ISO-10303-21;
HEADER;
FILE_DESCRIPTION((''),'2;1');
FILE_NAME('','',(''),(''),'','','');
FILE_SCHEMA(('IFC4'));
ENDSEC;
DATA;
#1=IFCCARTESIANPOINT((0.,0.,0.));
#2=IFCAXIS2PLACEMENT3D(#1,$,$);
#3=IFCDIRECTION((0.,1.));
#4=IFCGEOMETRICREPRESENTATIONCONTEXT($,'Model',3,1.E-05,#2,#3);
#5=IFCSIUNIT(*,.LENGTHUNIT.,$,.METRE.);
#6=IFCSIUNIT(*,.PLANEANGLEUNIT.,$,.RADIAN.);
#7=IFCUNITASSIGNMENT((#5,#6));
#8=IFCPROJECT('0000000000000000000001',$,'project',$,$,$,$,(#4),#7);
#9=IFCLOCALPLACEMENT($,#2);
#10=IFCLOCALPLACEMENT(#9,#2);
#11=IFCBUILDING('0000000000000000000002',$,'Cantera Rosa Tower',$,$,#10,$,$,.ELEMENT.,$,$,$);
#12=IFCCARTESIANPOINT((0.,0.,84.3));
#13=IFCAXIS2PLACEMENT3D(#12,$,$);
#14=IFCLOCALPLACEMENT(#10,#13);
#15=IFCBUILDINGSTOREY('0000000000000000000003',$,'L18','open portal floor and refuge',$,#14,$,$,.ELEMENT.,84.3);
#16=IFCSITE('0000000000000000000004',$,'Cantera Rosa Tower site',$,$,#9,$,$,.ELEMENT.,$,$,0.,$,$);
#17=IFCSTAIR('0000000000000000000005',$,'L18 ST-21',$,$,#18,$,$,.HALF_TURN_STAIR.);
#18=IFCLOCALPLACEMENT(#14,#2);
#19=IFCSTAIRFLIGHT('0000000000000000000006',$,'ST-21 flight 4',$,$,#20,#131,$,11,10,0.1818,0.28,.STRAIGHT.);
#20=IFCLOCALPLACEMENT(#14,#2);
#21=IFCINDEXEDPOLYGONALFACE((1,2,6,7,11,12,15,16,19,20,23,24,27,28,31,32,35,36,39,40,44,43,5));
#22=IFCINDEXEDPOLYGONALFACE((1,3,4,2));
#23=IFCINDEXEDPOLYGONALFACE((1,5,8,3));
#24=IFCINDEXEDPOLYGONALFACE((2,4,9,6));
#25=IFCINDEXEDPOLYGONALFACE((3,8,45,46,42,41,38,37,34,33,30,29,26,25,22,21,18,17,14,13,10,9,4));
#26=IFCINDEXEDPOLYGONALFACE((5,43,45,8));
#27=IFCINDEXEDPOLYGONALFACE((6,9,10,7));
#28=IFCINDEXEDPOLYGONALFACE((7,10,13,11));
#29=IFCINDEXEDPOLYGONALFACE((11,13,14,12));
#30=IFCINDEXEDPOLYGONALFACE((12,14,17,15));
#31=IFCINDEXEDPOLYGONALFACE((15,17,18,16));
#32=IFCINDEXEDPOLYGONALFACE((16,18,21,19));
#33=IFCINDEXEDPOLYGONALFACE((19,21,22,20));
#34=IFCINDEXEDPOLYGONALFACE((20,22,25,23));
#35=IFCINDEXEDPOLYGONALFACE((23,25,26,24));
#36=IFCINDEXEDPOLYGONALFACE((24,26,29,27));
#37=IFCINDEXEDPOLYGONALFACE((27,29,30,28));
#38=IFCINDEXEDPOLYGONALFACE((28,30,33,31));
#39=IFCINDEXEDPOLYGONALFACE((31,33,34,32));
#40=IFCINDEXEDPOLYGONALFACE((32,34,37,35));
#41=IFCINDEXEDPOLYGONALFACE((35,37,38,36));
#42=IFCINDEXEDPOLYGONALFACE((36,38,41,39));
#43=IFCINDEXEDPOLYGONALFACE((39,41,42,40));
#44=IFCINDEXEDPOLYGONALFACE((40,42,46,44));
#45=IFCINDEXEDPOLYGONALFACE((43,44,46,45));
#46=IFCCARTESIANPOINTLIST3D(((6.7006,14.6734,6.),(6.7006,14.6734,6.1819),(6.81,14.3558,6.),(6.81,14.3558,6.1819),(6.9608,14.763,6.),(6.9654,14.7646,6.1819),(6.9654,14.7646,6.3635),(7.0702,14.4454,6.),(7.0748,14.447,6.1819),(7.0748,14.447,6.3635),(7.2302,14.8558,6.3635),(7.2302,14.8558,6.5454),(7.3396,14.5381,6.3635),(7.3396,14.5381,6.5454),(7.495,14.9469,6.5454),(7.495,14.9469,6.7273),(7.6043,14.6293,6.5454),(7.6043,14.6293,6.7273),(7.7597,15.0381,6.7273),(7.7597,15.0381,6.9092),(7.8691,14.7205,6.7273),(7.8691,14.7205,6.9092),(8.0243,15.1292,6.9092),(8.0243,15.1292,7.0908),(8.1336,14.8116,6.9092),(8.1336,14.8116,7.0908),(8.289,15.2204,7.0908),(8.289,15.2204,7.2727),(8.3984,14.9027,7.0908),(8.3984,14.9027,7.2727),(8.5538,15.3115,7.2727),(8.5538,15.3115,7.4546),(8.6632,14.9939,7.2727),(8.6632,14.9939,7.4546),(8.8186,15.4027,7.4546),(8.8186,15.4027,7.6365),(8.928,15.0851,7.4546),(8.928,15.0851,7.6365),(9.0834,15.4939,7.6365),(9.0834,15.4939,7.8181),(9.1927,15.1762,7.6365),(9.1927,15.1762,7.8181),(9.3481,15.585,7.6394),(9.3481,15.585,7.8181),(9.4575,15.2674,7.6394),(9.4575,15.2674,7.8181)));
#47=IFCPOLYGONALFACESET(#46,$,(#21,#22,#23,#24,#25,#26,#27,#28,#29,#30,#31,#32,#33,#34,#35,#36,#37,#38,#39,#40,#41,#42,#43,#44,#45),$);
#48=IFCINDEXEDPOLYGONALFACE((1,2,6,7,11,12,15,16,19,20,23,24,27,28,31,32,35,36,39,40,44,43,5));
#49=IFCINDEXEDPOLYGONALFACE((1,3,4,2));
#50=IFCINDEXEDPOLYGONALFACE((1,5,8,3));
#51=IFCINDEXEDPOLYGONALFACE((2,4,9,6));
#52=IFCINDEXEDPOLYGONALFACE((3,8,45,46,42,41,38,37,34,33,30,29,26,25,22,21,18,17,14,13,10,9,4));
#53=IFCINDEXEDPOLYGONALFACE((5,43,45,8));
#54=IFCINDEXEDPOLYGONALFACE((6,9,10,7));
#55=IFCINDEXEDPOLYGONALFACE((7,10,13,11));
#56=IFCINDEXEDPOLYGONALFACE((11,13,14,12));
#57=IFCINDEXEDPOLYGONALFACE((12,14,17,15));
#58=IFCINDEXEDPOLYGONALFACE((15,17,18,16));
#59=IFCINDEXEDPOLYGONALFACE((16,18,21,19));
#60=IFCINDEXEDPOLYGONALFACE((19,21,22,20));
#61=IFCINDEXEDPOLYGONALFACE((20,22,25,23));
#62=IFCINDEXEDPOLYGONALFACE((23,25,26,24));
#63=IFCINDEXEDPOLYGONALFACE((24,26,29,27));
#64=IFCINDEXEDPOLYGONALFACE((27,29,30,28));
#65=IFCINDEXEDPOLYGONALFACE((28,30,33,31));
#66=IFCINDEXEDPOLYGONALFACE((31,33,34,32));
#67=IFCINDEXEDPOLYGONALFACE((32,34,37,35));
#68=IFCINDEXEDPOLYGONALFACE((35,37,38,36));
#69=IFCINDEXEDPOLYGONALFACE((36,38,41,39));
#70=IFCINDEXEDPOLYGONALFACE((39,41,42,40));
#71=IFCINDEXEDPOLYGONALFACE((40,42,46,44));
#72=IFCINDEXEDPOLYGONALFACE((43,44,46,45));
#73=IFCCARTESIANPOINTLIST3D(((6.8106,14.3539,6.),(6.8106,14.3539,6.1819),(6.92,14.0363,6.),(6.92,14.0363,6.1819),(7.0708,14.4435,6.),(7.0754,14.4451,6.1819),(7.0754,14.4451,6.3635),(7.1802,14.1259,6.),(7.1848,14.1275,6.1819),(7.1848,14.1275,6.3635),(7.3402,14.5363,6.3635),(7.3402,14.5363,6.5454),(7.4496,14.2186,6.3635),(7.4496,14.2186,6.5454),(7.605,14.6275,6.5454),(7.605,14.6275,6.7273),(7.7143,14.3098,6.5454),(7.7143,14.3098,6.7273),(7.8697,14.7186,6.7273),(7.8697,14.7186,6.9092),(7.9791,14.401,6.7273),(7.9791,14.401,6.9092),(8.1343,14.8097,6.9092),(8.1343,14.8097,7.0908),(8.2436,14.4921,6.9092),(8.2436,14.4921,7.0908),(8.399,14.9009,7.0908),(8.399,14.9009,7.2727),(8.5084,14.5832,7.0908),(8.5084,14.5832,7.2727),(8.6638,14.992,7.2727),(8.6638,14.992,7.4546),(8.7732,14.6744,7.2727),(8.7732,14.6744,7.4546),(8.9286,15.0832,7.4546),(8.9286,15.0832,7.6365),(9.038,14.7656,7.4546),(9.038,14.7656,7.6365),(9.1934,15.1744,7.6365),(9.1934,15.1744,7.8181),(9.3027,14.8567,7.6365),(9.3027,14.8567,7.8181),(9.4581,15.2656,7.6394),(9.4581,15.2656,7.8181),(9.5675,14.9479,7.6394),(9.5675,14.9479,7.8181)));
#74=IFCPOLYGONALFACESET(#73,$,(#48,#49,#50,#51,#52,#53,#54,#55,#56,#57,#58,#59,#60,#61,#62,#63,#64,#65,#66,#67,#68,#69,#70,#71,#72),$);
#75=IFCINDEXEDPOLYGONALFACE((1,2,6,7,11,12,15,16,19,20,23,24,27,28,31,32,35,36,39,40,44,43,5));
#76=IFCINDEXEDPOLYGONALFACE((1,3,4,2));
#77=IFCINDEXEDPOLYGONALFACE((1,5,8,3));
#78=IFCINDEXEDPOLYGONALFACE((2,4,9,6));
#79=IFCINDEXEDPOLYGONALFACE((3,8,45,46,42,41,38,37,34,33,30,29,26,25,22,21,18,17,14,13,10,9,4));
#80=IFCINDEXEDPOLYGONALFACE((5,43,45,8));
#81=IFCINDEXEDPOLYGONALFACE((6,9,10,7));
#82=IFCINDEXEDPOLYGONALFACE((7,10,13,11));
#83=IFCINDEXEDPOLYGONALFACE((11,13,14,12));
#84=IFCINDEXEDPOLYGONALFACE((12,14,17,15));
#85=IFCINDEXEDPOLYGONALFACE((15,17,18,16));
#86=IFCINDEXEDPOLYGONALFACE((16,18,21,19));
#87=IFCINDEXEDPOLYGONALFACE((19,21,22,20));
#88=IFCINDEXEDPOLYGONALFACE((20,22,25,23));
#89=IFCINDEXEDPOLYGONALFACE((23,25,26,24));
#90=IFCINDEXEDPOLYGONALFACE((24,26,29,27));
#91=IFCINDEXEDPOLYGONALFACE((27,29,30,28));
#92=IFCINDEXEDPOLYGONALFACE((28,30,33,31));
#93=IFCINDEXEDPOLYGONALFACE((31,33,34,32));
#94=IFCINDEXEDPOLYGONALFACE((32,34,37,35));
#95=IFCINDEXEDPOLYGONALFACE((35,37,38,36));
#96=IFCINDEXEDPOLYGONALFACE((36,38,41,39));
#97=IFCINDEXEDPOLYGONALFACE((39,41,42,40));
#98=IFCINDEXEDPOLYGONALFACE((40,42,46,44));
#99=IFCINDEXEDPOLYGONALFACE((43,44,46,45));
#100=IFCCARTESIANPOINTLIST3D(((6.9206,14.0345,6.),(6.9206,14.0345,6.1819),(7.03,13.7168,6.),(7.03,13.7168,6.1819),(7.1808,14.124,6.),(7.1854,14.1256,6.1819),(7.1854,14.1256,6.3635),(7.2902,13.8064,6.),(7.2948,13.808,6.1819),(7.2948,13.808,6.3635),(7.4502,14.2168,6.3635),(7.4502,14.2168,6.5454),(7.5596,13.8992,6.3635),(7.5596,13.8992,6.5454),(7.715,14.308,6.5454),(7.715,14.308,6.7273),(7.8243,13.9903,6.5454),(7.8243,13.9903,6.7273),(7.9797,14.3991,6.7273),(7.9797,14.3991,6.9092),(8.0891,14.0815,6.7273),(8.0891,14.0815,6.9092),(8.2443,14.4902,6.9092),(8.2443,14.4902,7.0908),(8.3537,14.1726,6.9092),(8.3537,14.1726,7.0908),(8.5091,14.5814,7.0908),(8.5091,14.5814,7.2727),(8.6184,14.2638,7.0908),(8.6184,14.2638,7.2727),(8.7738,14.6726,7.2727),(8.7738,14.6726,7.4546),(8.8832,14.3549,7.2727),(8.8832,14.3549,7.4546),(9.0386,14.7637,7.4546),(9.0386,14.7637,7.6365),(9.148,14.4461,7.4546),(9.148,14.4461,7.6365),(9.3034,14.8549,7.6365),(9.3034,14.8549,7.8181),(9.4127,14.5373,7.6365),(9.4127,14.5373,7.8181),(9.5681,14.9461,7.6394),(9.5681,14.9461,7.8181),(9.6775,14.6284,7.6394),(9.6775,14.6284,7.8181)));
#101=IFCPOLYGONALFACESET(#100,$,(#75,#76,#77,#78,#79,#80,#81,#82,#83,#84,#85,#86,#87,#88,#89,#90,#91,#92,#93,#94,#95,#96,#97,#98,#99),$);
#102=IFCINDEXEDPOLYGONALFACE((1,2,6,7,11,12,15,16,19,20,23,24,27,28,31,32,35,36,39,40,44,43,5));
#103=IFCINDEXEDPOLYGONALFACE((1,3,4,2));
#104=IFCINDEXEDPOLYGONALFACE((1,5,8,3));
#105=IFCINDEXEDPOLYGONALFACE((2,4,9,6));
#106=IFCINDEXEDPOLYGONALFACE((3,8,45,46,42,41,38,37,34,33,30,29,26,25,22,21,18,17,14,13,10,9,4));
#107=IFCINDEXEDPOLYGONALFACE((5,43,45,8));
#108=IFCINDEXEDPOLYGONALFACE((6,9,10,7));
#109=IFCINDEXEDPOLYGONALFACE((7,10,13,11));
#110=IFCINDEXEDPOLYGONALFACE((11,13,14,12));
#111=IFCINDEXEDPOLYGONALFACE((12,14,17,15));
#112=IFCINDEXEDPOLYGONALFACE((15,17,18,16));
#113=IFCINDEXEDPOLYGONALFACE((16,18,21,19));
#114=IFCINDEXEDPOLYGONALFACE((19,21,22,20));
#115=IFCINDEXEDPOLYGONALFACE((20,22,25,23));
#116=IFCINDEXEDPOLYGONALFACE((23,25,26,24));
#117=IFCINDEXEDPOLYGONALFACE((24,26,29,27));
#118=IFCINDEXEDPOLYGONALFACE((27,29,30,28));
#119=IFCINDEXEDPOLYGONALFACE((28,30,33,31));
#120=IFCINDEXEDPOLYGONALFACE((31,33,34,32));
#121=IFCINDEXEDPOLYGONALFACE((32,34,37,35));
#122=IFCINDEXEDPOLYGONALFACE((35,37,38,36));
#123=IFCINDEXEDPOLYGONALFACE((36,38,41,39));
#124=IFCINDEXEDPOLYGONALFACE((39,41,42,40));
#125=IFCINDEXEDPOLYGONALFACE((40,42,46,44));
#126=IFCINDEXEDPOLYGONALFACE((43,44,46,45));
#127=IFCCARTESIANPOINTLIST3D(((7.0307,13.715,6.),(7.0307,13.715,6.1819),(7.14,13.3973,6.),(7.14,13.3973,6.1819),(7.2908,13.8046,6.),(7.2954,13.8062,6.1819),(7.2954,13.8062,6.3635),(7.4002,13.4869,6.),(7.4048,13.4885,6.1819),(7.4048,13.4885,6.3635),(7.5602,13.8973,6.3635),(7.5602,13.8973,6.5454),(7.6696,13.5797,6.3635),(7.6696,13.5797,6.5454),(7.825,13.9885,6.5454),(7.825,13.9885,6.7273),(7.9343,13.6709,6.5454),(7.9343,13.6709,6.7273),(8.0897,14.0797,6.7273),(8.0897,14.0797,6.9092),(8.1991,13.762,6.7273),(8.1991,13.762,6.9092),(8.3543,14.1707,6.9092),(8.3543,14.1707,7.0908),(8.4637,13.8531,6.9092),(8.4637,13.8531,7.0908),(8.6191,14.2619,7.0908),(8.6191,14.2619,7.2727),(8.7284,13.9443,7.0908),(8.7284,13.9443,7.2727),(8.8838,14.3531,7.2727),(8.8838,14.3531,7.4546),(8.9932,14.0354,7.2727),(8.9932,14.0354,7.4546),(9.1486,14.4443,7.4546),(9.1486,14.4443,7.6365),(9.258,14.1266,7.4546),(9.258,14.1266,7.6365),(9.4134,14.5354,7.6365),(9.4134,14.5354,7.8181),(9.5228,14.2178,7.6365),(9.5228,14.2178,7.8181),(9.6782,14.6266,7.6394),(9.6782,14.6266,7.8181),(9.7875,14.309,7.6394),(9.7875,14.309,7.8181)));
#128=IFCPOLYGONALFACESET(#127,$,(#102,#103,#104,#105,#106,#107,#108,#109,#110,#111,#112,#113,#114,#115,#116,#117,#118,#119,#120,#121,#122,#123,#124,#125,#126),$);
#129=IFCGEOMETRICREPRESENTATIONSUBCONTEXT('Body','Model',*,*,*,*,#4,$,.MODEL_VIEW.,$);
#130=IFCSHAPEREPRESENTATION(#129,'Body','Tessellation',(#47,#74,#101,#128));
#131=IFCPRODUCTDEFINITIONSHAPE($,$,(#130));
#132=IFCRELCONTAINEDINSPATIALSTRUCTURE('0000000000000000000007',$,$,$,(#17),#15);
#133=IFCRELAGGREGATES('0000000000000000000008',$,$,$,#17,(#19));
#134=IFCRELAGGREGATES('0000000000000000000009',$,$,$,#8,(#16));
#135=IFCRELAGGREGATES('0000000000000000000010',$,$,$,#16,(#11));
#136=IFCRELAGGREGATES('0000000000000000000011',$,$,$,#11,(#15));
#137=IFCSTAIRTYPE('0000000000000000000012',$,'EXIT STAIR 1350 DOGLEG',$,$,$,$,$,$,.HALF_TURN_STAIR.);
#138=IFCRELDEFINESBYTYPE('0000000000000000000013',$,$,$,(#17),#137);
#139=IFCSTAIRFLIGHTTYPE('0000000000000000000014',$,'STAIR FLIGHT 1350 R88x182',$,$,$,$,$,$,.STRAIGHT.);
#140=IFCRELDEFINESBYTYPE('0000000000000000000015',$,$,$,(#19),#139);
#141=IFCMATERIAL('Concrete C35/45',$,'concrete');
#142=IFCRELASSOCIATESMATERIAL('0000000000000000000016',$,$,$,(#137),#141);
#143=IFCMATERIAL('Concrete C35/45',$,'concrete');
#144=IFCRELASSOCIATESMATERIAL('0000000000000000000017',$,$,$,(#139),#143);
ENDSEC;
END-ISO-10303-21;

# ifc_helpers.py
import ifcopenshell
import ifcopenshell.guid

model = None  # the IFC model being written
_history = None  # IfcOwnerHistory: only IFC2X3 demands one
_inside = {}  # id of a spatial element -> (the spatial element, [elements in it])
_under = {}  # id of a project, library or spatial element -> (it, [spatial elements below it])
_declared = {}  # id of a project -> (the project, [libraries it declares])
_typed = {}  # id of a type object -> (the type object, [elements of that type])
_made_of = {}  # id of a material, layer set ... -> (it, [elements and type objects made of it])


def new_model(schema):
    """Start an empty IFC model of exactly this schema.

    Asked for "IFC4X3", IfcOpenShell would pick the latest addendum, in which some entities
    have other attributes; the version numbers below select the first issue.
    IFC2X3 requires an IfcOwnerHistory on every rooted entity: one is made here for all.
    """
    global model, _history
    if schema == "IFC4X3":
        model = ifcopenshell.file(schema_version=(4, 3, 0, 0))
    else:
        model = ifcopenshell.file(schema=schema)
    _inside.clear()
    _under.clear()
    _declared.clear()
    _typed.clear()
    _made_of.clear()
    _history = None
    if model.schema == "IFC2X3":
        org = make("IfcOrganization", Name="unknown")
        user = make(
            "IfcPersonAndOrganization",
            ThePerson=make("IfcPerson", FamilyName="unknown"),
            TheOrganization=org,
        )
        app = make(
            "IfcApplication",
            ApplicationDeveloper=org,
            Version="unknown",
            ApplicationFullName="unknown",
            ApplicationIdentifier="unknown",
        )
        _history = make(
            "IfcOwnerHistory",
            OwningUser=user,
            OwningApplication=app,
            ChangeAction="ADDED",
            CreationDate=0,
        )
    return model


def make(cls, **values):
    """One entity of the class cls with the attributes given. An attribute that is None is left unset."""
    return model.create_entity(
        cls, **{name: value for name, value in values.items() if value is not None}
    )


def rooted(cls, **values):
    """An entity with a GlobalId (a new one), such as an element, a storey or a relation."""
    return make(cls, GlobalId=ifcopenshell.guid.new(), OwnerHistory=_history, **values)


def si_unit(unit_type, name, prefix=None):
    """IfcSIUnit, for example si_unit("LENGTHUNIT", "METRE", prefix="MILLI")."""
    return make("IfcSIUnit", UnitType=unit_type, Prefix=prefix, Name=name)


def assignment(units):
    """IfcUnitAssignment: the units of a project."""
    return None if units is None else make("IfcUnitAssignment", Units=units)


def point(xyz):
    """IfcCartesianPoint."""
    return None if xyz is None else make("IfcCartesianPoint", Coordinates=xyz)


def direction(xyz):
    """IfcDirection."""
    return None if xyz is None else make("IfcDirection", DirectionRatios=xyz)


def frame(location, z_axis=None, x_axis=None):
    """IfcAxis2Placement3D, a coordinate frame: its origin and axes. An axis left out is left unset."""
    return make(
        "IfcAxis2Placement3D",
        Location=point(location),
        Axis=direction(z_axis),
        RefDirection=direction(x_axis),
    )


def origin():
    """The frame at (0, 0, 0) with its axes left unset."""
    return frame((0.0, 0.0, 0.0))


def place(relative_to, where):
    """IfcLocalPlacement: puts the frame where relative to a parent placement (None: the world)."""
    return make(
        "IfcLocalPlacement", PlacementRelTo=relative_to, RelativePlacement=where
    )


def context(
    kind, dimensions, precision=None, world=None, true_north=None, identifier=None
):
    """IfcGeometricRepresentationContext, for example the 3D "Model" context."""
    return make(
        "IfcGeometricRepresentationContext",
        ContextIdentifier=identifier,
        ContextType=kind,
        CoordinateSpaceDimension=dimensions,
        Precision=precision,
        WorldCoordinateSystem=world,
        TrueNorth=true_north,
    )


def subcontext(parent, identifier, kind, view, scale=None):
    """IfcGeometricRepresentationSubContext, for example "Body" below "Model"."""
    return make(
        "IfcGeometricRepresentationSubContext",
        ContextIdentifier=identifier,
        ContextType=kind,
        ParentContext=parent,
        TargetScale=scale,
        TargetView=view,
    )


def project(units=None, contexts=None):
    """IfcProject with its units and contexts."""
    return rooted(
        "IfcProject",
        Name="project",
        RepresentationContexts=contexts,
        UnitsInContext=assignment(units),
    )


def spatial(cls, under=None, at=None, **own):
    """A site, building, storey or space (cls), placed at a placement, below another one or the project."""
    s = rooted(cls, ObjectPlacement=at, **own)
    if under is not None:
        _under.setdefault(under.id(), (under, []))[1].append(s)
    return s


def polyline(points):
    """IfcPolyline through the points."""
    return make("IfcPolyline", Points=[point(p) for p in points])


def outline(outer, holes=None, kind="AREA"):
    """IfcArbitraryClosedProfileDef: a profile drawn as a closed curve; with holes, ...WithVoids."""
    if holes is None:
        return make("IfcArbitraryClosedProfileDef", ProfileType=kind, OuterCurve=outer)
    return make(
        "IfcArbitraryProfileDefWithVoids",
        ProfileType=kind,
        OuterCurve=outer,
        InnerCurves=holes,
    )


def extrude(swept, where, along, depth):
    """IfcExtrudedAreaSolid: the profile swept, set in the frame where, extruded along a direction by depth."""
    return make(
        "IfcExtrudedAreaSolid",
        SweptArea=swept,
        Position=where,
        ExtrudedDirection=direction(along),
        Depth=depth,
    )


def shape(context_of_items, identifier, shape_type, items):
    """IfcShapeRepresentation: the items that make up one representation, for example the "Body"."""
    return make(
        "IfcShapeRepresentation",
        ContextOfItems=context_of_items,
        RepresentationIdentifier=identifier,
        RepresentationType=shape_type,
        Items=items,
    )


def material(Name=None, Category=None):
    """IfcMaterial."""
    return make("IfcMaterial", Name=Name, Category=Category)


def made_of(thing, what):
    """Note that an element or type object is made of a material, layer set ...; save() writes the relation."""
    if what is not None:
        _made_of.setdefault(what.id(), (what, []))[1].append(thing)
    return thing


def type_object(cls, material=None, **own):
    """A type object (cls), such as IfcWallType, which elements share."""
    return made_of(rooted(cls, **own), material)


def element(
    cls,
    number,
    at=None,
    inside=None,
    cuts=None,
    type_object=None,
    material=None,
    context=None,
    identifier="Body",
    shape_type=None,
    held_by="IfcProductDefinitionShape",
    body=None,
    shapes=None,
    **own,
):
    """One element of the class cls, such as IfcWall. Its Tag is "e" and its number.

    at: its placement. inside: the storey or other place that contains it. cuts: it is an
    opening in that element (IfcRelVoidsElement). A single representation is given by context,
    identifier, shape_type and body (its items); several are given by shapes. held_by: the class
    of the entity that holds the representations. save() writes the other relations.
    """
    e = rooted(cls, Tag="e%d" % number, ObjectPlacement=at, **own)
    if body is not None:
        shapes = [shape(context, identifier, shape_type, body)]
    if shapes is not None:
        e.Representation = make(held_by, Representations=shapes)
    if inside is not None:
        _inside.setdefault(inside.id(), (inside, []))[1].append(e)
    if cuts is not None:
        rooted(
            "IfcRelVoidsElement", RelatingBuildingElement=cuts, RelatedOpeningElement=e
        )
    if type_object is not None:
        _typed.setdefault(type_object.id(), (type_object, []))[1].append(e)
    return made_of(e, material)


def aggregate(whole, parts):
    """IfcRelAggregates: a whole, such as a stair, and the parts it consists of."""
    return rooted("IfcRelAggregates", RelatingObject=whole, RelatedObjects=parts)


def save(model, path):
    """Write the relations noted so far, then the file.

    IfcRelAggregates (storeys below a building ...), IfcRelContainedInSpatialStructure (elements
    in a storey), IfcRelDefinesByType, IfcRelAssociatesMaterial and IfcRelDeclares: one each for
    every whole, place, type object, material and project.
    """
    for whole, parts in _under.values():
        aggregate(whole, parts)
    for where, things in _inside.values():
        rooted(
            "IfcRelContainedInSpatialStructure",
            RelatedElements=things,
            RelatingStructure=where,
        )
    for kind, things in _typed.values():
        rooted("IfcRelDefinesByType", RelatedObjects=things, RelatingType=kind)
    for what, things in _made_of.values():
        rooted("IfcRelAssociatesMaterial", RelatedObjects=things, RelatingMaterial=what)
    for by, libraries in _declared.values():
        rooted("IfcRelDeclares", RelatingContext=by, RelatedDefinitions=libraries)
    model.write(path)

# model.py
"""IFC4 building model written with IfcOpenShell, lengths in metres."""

from ifc_helpers import new_model, si_unit, direction, frame, origin, place, context, subcontext, project, spatial, polyline, outline, extrude, material, type_object, element, aggregate, save


model = new_model("IFC4")

# Units and contexts
model_context = context("Model", 3, precision=1e-05, world=origin(), true_north=direction((0.0, 1.0)))
body_context = subcontext(model_context, "Body", "Model", "MODEL_VIEW")
ifc_project = project(units=[si_unit("LENGTHUNIT", "METRE"), si_unit("PLANEANGLEUNIT", "RADIAN")], contexts=[model_context])

# Site, building, storey
site_placement = place(None, origin())
site = spatial("IfcSite", under=ifc_project, at=site_placement, Name="Cantera Rosa Tower site", CompositionType="ELEMENT", RefElevation=0.0)
building_placement = place(site_placement, origin())
building = spatial("IfcBuilding", under=site, at=building_placement, Name="Cantera Rosa Tower", CompositionType="ELEMENT")
storey_placement = place(building_placement, frame((0.0, 0.0, 84.3)))
storey = spatial("IfcBuildingStorey", under=building, at=storey_placement, Name="L18", Description="open portal floor and refuge", CompositionType="ELEMENT", Elevation=84.3)

# Stair, stair flight
ifc_material_1 = material(Name="Concrete C35/45", Category="concrete")
stair_type = type_object("IfcStairType", Name="EXIT STAIR 1350 DOGLEG", PredefinedType="HALF_TURN_STAIR", material=ifc_material_1)
stair_placement = place(storey_placement, origin())
stair = element("IfcStair", 1, at=stair_placement, inside=storey, type_object=stair_type, Name="L18 ST-21", PredefinedType="HALF_TURN_STAIR")
ifc_material_2 = material(Name="Concrete C35/45", Category="concrete")
stair_flight_type = type_object("IfcStairFlightType", Name="STAIR FLIGHT 1350 R88x182", PredefinedType="STRAIGHT", material=ifc_material_2)
stair_flight_1_placement = place(storey_placement, frame((6.9204, 14.0352, 6.0), z_axis=(0.0, 0.0, 1.0), x_axis=(0.945519, 0.325568, 0.0)))
stair_flight_1 = element("IfcStairFlight", 2, at=stair_flight_1_placement, type_object=stair_flight_type, Name="ST-21 flight 4", NumberOfRisers=11, NumberOfTreads=10, PredefinedType="STRAIGHT", RiserHeight=0.1818, TreadLength=0.28, context=body_context, shape_type="SweptSolid", body=[
    extrude(outline(polyline([(0.0, 0.0), (0.0, 0.1819), (0.28, 0.1819), (0.28, 0.3635), (0.5601, 0.3635), (0.5601, 0.5454), (0.8401, 0.5454), (0.8401, 0.7273), (1.1201, 0.7273), (1.1201, 0.9092), (1.3999, 0.9092), (1.3999, 1.0908), (1.6799, 1.0908), (1.6799, 1.2727), (1.96, 1.2727), (1.96, 1.4546), (2.24, 1.4546), (2.24, 1.6365), (2.52, 1.6365), (2.52, 1.8181), (2.8, 1.8181), (2.8, 2.0), (2.8, 1.6394), (0.2751, 0.0), (0.0, 0.0)])), frame((0.0, 0.675, 0.0), z_axis=(0.0, -1.0, 0.0), x_axis=(1.0, 0.0, 0.0)), (0.0, 0.0, 1.0), 0.3359),
    extrude(outline(polyline([(0.0, 0.0), (0.0, 0.1819), (0.28, 0.1819), (0.28, 0.3635), (0.5601, 0.3635), (0.5601, 0.5454), (0.8401, 0.5454), (0.8401, 0.7273), (1.1201, 0.7273), (1.1201, 0.9092), (1.3999, 0.9092), (1.3999, 1.0908), (1.6799, 1.0908), (1.6799, 1.2727), (1.96, 1.2727), (1.96, 1.4546), (2.24, 1.4546), (2.24, 1.6365), (2.52, 1.6365), (2.52, 1.8181), (2.8, 1.8181), (2.8, 2.0), (2.8, 1.6394), (0.2751, 0.0), (0.0, 0.0)])), frame((0.0, 0.3372, 0.0), z_axis=(0.0, -1.0, 0.0), x_axis=(1.0, 0.0, 0.0)), (0.0, 0.0, 1.0), 0.3359),
    extrude(outline(polyline([(0.0, 0.0), (0.0, 0.1819), (0.28, 0.1819), (0.28, 0.3635), (0.5601, 0.3635), (0.5601, 0.5454), (0.8401, 0.5454), (0.8401, 0.7273), (1.1201, 0.7273), (1.1201, 0.9092), (1.3999, 0.9092), (1.3999, 1.0908), (1.6799, 1.0908), (1.6799, 1.2727), (1.96, 1.2727), (1.96, 1.4546), (2.24, 1.4546), (2.24, 1.6365), (2.52, 1.6365), (2.52, 1.8181), (2.8, 1.8181), (2.8, 2.0), (2.8, 1.6394), (0.2751, 0.0), (0.0, 0.0)])), frame((0.0, -0.0007, 0.0), z_axis=(0.0, -1.0, 0.0), x_axis=(1.0, 0.0, 0.0)), (0.0, 0.0, 1.0), 0.3359),
    extrude(outline(polyline([(0.0, 0.0), (0.0, 0.1819), (0.28, 0.1819), (0.28, 0.3635), (0.5601, 0.3635), (0.5601, 0.5454), (0.8401, 0.5454), (0.8401, 0.7273), (1.1201, 0.7273), (1.1201, 0.9092), (1.3999, 0.9092), (1.3999, 1.0908), (1.6799, 1.0908), (1.6799, 1.2727), (1.96, 1.2727), (1.96, 1.4546), (2.24, 1.4546), (2.24, 1.6365), (2.52, 1.6365), (2.52, 1.8181), (2.8, 1.8181), (2.8, 2.0), (2.8, 1.6394), (0.2751, 0.0), (0.0, 0.0)])), frame((0.0, -0.3386, 0.0), z_axis=(0.0, -1.0, 0.0), x_axis=(1.0, 0.0, 0.0)), (0.0, 0.0, 1.0), 0.3359),
])
aggregate(stair, [stair_flight_1])

save(model, "model.ifc")
